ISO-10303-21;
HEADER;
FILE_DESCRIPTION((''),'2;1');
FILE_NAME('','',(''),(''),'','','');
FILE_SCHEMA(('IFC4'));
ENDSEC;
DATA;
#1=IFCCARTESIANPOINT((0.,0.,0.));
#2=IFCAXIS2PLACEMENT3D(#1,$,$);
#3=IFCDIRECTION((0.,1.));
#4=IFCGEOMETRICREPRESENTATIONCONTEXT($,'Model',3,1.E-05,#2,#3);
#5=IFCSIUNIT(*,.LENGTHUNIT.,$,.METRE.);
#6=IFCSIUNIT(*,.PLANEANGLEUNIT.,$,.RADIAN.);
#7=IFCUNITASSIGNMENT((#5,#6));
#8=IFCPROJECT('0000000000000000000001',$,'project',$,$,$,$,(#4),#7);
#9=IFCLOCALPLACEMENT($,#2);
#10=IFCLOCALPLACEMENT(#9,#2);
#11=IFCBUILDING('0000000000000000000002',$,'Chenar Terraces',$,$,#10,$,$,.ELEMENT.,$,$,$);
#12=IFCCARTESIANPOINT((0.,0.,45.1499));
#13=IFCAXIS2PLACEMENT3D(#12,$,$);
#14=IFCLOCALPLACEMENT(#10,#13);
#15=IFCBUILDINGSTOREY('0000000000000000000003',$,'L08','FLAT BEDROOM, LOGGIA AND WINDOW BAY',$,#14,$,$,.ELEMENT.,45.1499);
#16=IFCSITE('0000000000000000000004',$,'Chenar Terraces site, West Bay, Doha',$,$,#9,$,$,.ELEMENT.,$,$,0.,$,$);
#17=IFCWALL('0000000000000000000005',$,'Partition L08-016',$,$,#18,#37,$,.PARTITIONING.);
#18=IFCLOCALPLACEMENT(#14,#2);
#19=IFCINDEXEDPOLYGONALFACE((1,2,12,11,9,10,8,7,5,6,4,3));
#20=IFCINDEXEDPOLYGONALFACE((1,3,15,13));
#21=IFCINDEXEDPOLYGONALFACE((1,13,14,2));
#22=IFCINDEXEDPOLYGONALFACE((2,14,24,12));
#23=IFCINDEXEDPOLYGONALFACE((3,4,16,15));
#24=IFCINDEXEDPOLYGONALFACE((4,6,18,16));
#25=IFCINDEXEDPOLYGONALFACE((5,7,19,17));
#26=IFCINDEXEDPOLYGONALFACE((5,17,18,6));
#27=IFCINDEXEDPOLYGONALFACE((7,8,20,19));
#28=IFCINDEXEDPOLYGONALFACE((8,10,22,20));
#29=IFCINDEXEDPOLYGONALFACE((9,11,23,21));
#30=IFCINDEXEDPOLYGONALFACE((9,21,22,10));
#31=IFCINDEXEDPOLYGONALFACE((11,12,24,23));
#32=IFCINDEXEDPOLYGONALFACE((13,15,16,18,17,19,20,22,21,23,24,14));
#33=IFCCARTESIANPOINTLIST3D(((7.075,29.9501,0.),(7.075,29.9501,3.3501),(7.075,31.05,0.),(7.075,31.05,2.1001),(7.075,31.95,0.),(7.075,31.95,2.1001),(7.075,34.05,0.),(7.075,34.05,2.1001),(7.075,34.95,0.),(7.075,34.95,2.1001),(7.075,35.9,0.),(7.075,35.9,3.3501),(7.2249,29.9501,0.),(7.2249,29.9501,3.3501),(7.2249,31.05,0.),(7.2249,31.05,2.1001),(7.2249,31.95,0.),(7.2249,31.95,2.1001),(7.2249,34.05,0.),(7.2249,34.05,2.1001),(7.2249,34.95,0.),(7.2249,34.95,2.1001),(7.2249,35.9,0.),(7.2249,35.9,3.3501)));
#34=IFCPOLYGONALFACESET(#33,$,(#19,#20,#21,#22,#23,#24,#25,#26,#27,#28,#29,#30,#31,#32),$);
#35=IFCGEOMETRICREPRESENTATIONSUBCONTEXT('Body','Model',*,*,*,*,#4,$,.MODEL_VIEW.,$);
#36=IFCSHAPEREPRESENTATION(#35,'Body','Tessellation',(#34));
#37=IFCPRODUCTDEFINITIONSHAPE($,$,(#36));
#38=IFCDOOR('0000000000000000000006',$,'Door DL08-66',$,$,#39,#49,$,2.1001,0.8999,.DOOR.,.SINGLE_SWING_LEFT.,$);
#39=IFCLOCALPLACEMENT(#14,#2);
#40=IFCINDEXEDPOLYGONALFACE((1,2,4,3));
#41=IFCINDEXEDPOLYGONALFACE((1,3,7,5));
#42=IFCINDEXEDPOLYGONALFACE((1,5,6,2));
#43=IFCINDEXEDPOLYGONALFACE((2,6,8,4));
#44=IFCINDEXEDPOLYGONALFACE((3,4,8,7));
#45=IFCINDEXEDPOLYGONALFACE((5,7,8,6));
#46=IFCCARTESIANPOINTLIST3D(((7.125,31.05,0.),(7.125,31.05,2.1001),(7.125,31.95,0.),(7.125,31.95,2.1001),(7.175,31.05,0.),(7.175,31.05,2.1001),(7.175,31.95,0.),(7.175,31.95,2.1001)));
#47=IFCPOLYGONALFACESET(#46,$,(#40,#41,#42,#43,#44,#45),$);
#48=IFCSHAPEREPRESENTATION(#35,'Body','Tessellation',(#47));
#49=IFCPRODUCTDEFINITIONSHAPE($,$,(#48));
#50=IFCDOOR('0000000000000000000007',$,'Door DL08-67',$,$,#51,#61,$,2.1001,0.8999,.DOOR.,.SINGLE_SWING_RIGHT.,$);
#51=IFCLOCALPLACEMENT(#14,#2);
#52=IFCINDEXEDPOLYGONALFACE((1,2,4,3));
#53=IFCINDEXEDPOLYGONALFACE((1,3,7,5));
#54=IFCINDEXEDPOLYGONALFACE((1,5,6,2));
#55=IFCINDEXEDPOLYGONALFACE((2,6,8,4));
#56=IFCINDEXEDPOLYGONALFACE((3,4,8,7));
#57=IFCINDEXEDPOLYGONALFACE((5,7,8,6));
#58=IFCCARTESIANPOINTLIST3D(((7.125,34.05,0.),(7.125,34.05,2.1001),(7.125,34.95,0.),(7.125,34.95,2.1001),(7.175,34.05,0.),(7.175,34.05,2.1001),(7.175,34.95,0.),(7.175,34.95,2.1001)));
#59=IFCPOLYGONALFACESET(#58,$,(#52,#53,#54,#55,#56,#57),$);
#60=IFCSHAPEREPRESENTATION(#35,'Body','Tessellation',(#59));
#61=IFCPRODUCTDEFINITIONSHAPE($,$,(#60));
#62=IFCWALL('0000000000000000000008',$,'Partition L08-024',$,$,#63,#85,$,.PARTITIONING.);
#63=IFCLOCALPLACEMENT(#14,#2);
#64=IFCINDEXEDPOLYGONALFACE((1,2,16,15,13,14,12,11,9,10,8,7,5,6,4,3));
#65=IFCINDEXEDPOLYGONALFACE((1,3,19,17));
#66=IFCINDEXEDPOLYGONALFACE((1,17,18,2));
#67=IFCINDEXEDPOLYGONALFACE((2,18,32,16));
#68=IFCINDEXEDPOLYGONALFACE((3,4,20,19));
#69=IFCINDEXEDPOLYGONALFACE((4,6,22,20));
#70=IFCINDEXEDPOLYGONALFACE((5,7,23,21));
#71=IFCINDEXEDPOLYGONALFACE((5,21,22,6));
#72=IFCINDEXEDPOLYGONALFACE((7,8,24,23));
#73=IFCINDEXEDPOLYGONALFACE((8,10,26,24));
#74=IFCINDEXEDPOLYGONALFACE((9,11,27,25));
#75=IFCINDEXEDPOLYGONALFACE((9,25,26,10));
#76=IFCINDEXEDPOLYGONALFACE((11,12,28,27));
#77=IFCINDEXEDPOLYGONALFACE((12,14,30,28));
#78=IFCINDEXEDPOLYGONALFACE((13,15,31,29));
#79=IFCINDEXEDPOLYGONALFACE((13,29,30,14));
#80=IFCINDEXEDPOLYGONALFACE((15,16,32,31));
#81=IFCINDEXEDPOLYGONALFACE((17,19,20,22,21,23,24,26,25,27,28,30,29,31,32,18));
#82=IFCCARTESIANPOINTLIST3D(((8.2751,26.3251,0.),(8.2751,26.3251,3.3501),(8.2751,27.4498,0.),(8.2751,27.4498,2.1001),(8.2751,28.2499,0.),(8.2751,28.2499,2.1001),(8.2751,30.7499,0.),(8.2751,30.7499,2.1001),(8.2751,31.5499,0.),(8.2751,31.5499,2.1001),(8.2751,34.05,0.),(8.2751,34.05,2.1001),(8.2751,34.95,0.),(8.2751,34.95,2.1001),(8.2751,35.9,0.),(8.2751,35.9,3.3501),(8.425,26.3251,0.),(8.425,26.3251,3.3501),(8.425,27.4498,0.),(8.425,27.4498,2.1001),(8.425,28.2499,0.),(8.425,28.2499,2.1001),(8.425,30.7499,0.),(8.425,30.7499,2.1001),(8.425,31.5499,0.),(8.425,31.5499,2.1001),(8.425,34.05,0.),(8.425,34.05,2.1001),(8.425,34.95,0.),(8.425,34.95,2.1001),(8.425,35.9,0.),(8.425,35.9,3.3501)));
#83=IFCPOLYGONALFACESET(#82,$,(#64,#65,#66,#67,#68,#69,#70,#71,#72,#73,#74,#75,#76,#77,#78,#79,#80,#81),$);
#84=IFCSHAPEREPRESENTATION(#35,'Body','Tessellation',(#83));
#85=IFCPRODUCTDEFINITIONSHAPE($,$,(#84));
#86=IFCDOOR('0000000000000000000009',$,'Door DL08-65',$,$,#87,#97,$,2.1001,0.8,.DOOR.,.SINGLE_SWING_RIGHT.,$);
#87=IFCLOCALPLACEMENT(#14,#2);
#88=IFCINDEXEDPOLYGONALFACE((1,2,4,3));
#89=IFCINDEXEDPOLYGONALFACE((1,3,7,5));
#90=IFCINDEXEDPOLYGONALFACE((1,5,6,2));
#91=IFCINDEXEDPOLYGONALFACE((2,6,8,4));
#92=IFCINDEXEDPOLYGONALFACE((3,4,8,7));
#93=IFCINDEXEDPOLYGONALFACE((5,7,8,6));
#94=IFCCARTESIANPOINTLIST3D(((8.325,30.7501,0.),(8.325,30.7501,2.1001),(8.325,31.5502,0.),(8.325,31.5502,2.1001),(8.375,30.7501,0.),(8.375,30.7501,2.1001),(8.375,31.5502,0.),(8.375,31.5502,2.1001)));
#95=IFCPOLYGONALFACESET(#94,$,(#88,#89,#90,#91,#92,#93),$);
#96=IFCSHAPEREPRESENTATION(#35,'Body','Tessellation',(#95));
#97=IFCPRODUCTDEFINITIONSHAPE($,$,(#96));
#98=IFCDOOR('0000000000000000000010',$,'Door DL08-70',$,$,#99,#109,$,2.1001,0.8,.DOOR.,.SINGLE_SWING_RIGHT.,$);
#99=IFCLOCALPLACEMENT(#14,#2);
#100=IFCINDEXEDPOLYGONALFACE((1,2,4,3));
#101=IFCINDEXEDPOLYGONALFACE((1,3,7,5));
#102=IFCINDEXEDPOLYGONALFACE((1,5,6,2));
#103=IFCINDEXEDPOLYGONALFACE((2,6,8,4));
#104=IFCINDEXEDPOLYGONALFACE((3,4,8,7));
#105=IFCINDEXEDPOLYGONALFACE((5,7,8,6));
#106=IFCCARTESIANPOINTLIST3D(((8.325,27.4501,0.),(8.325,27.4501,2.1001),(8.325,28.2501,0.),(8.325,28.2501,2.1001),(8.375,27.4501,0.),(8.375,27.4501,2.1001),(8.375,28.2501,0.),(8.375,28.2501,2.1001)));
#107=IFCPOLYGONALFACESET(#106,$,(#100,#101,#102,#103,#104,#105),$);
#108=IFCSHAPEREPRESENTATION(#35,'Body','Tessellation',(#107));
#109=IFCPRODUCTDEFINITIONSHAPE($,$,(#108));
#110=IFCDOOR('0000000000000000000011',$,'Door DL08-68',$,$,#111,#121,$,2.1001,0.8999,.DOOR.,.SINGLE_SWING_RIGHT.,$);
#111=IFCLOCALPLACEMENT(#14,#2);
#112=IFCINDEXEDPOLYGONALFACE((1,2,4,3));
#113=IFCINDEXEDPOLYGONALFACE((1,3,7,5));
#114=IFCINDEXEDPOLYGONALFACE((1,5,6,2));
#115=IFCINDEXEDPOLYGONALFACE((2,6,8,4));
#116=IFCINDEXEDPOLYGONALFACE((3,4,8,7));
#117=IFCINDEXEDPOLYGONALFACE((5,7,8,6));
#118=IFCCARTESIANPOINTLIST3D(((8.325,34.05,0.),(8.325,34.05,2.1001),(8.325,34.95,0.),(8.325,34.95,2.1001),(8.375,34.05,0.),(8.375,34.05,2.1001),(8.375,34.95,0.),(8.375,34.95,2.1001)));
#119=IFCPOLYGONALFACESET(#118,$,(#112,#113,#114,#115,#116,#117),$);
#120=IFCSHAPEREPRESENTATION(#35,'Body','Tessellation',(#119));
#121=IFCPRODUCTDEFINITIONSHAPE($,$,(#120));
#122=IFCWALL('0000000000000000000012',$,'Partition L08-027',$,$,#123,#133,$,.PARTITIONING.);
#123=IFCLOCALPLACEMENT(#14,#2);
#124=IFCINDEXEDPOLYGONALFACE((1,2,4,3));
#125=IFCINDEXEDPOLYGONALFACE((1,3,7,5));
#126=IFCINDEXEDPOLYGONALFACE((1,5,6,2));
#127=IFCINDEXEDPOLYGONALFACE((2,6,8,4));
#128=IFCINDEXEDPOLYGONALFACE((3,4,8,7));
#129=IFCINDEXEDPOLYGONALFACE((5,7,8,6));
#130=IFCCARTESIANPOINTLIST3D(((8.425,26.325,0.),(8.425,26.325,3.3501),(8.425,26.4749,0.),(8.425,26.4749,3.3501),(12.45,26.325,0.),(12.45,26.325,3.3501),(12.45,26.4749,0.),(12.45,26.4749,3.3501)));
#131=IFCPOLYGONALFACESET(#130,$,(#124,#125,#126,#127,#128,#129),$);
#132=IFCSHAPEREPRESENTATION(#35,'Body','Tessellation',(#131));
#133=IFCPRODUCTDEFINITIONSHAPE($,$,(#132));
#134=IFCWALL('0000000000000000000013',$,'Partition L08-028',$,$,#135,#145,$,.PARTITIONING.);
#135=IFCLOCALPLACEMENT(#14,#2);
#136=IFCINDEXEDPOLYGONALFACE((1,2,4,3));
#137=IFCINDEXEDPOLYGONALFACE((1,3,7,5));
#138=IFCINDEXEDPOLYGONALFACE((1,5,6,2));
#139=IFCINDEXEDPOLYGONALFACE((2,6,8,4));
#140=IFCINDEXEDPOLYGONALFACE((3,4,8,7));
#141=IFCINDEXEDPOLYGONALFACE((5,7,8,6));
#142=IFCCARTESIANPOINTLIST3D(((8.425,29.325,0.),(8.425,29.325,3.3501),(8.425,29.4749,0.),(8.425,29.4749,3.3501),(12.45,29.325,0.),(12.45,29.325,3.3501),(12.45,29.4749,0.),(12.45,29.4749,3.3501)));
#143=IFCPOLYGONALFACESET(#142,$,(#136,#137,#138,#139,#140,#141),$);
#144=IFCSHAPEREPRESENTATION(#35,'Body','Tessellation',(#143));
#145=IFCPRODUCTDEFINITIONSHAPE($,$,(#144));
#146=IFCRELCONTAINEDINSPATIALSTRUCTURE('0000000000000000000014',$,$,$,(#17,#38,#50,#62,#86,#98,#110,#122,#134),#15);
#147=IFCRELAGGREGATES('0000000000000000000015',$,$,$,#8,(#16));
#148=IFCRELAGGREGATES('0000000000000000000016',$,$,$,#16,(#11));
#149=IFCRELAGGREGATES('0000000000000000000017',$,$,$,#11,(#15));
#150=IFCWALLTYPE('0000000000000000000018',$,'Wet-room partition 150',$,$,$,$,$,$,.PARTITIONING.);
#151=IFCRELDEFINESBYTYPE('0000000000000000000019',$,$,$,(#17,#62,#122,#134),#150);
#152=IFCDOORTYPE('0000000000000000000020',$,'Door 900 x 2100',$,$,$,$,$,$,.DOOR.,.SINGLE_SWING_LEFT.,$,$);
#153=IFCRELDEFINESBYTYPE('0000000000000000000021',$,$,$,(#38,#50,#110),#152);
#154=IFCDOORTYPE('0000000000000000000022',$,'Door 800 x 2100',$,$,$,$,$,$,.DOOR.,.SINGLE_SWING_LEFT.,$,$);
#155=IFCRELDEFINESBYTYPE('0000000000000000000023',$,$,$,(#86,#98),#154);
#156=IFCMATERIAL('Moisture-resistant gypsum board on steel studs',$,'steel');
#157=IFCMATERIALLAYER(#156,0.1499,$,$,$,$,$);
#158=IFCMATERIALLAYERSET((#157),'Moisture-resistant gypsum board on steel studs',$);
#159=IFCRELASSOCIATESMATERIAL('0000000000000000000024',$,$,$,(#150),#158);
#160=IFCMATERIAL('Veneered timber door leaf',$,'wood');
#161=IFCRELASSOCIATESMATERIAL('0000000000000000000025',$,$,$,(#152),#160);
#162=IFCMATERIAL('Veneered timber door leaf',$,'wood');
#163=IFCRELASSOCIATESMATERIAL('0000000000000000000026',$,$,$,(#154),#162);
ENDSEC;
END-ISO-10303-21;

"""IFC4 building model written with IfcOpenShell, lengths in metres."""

from ifc_helpers import new_model, si_unit, direction, frame, frame_2d, origin, place, context, subcontext, project, spatial, rectangle, extrude, material, layer, layer_set, type_object, element, fill, save


model = new_model("IFC4")

# Units and contexts
model_context = context("Model", 3, precision=1e-05, world=origin(), true_north=direction((0.0, 1.0)))
body_context = subcontext(model_context, "Body", "Model", "MODEL_VIEW")
ifc_project = project(units=[si_unit("LENGTHUNIT", "METRE"), si_unit("PLANEANGLEUNIT", "RADIAN")], contexts=[model_context])

# Site, building, storey
site_placement = place(None, origin())
site = spatial("IfcSite", under=ifc_project, at=site_placement, Name="Chenar Terraces site, West Bay, Doha", CompositionType="ELEMENT", RefElevation=0.0)
building_placement = place(site_placement, origin())
building = spatial("IfcBuilding", under=site, at=building_placement, Name="Chenar Terraces", CompositionType="ELEMENT")
storey_placement = place(building_placement, frame((0.0, 0.0, 45.1499)))
storey = spatial("IfcBuildingStorey", under=building, at=storey_placement, Name="L08", Description="FLAT BEDROOM, LOGGIA AND WINDOW BAY", CompositionType="ELEMENT", Elevation=45.1499)

# Walls, openings, doors
ifc_material_1 = material(Name="Moisture-resistant gypsum board on steel studs", Category="steel")
ifc_layer_1 = layer(ifc_material_1, 0.1499)
ifc_layer_set_1 = layer_set([ifc_layer_1], Name="Moisture-resistant gypsum board on steel studs")
wall_type_1 = type_object("IfcWallType", Name="Wet-room partition 150", PredefinedType="PARTITIONING", material=ifc_layer_set_1)
wall_1_placement = place(storey_placement, frame((7.1499, 29.95, 0.0), z_axis=(0.0, 0.0, 1.0), x_axis=(0.0, 1.0, 0.0)))
wall_1 = element("IfcWall", 1, at=wall_1_placement, inside=storey, type_object=wall_type_1, Name="Partition L08-016", PredefinedType="PARTITIONING", context=body_context, shape_type="SweptSolid", body=[
    extrude(rectangle(XDim=5.95, YDim=0.1499, at=frame_2d((2.9751, 0.0))), origin(), (0.0, 0.0, 1.0), 3.3501),
])
opening_1_placement = place(wall_1_placement, frame((1.1001, 0.0, 0.0)))
opening_1 = element("IfcOpeningElement", 2, at=opening_1_placement, cuts=wall_1, PredefinedType="OPENING", context=body_context, shape_type="SweptSolid", body=[
    extrude(rectangle(XDim=0.8999, YDim=2.1001, at=frame_2d((0.45, 1.05))), frame((0.0, 0.085, 0.0), z_axis=(0.0, -1.0, 0.0), x_axis=(1.0, 0.0, 0.0)), (0.0, 0.0, 1.0), 0.1699),
])
opening_2_placement = place(wall_1_placement, frame((4.1001, 0.0, 0.0)))
opening_2 = element("IfcOpeningElement", 3, at=opening_2_placement, cuts=wall_1, PredefinedType="OPENING", context=body_context, shape_type="SweptSolid", body=[
    extrude(rectangle(XDim=0.8999, YDim=2.1001, at=frame_2d((0.45, 1.05))), frame((0.0, 0.085, 0.0), z_axis=(0.0, -1.0, 0.0), x_axis=(1.0, 0.0, 0.0)), (0.0, 0.0, 1.0), 0.1699),
])
ifc_material_2 = material(Name="Veneered timber door leaf", Category="wood")
door_type_1 = type_object("IfcDoorType", Name="Door 900 x 2100", OperationType="SINGLE_SWING_LEFT", PredefinedType="DOOR", material=ifc_material_2)
door_1_placement = place(opening_1_placement, origin())
door_1 = element("IfcDoor", 4, at=door_1_placement, inside=storey, type_object=door_type_1, Name="Door DL08-66", OperationType="SINGLE_SWING_LEFT", OverallHeight=2.1001, OverallWidth=0.8999, PredefinedType="DOOR", context=body_context, shape_type="SweptSolid", body=[
    extrude(rectangle(XDim=0.8999, YDim=2.1001, at=frame_2d((0.45, 1.05))), frame((0.0, 0.0249, 0.0), z_axis=(0.0, -1.0, 0.0), x_axis=(1.0, 0.0, 0.0)), (0.0, 0.0, 1.0), 0.05),
])
fill(opening_1, door_1)
door_2_placement = place(opening_2_placement, origin())
door_2 = element("IfcDoor", 5, at=door_2_placement, inside=storey, type_object=door_type_1, Name="Door DL08-67", OperationType="SINGLE_SWING_RIGHT", OverallHeight=2.1001, OverallWidth=0.8999, PredefinedType="DOOR", context=body_context, shape_type="SweptSolid", body=[
    extrude(rectangle(XDim=0.8999, YDim=2.1001, at=frame_2d((0.45, 1.05))), frame((0.0, 0.0249, 0.0), z_axis=(0.0, -1.0, 0.0), x_axis=(1.0, 0.0, 0.0)), (0.0, 0.0, 1.0), 0.05),
])
fill(opening_2, door_2)
wall_2_placement = place(storey_placement, frame((8.3501, 26.325, 0.0), z_axis=(0.0, 0.0, 1.0), x_axis=(0.0, 1.0, 0.0)))
wall_2 = element("IfcWall", 6, at=wall_2_placement, inside=storey, type_object=wall_type_1, Name="Partition L08-024", PredefinedType="PARTITIONING", context=body_context, shape_type="SweptSolid", body=[
    extrude(rectangle(XDim=9.575, YDim=0.1499, at=frame_2d((4.7876, 0.0))), origin(), (0.0, 0.0, 1.0), 3.3501),
])
opening_3_placement = place(wall_2_placement, frame((4.425, 0.0, 0.0)))
opening_3 = element("IfcOpeningElement", 7, at=opening_3_placement, cuts=wall_2, PredefinedType="OPENING", context=body_context, shape_type="SweptSolid", body=[
    extrude(rectangle(XDim=0.8, YDim=2.1001, at=frame_2d((0.3999, 1.05))), frame((0.0, 0.085, 0.0), z_axis=(0.0, -1.0, 0.0), x_axis=(1.0, 0.0, 0.0)), (0.0, 0.0, 1.0), 0.1699),
])
opening_4_placement = place(wall_2_placement, frame((7.7251, 0.0, 0.0)))
opening_4 = element("IfcOpeningElement", 8, at=opening_4_placement, cuts=wall_2, PredefinedType="OPENING", context=body_context, shape_type="SweptSolid", body=[
    extrude(rectangle(XDim=0.8999, YDim=2.1001, at=frame_2d((0.45, 1.05))), frame((0.0, 0.085, 0.0), z_axis=(0.0, -1.0, 0.0), x_axis=(1.0, 0.0, 0.0)), (0.0, 0.0, 1.0), 0.1699),
])
opening_5_placement = place(wall_2_placement, frame((1.125, 0.0, 0.0)))
opening_5 = element("IfcOpeningElement", 9, at=opening_5_placement, cuts=wall_2, PredefinedType="OPENING", context=body_context, shape_type="SweptSolid", body=[
    extrude(rectangle(XDim=0.8, YDim=2.1001, at=frame_2d((0.3999, 1.05))), frame((0.0, 0.085, 0.0), z_axis=(0.0, -1.0, 0.0), x_axis=(1.0, 0.0, 0.0)), (0.0, 0.0, 1.0), 0.1699),
])
ifc_material_3 = material(Name="Veneered timber door leaf", Category="wood")
door_type_2 = type_object("IfcDoorType", Name="Door 800 x 2100", OperationType="SINGLE_SWING_LEFT", PredefinedType="DOOR", material=ifc_material_3)
door_3_placement = place(opening_3_placement, frame((0.8, 0.0, 0.0), z_axis=(0.0, 0.0, 1.0), x_axis=(-1.0, 0.0, 0.0)))
door_3 = element("IfcDoor", 10, at=door_3_placement, inside=storey, type_object=door_type_2, Name="Door DL08-65", OperationType="SINGLE_SWING_RIGHT", OverallHeight=2.1001, OverallWidth=0.8, PredefinedType="DOOR", context=body_context, shape_type="SweptSolid", body=[
    extrude(rectangle(XDim=0.8, YDim=2.1001, at=frame_2d((0.3999, 1.05))), frame((0.0, 0.0249, 0.0), z_axis=(0.0, -1.0, 0.0), x_axis=(1.0, 0.0, 0.0)), (0.0, 0.0, 1.0), 0.05),
])
fill(opening_3, door_3)
door_4_placement = place(opening_5_placement, frame((0.8, 0.0, 0.0), z_axis=(0.0, 0.0, 1.0), x_axis=(-1.0, 0.0, 0.0)))
door_4 = element("IfcDoor", 11, at=door_4_placement, inside=storey, type_object=door_type_2, Name="Door DL08-70", OperationType="SINGLE_SWING_RIGHT", OverallHeight=2.1001, OverallWidth=0.8, PredefinedType="DOOR", context=body_context, shape_type="SweptSolid", body=[
    extrude(rectangle(XDim=0.8, YDim=2.1001, at=frame_2d((0.3999, 1.05))), frame((0.0, 0.0249, 0.0), z_axis=(0.0, -1.0, 0.0), x_axis=(1.0, 0.0, 0.0)), (0.0, 0.0, 1.0), 0.05),
])
fill(opening_5, door_4)
door_5_placement = place(opening_4_placement, frame((0.8999, 0.0, 0.0), z_axis=(0.0, 0.0, 1.0), x_axis=(-1.0, 0.0, 0.0)))
door_5 = element("IfcDoor", 12, at=door_5_placement, inside=storey, type_object=door_type_1, Name="Door DL08-68", OperationType="SINGLE_SWING_RIGHT", OverallHeight=2.1001, OverallWidth=0.8999, PredefinedType="DOOR", context=body_context, shape_type="SweptSolid", body=[
    extrude(rectangle(XDim=0.8999, YDim=2.1001, at=frame_2d((0.45, 1.05))), frame((0.0, 0.0249, 0.0), z_axis=(0.0, -1.0, 0.0), x_axis=(1.0, 0.0, 0.0)), (0.0, 0.0, 1.0), 0.05),
])
fill(opening_4, door_5)

# Walls
for number, where, z_axis, x_axis, name in (
    (13, (8.425, 26.3999, 0.0), (0.0, 0.0, 1.0), (1.0, 0.0, 0.0), "Partition L08-027"),
    (14, (8.425, 29.3999, 0.0), (0.0, 0.0, 1.0), (1.0, 0.0, 0.0), "Partition L08-028"),
):
    element("IfcWall", number, at=place(storey_placement, frame(where, z_axis=z_axis, x_axis=x_axis)), inside=storey, type_object=wall_type_1, Name=name, PredefinedType="PARTITIONING", context=body_context, shape_type="SweptSolid", body=[
        extrude(rectangle(XDim=4.0249, YDim=0.1499, at=frame_2d((2.0125, 0.0))), origin(), (0.0, 0.0, 1.0), 3.3501),
    ])

save(model, "model.ifc")
